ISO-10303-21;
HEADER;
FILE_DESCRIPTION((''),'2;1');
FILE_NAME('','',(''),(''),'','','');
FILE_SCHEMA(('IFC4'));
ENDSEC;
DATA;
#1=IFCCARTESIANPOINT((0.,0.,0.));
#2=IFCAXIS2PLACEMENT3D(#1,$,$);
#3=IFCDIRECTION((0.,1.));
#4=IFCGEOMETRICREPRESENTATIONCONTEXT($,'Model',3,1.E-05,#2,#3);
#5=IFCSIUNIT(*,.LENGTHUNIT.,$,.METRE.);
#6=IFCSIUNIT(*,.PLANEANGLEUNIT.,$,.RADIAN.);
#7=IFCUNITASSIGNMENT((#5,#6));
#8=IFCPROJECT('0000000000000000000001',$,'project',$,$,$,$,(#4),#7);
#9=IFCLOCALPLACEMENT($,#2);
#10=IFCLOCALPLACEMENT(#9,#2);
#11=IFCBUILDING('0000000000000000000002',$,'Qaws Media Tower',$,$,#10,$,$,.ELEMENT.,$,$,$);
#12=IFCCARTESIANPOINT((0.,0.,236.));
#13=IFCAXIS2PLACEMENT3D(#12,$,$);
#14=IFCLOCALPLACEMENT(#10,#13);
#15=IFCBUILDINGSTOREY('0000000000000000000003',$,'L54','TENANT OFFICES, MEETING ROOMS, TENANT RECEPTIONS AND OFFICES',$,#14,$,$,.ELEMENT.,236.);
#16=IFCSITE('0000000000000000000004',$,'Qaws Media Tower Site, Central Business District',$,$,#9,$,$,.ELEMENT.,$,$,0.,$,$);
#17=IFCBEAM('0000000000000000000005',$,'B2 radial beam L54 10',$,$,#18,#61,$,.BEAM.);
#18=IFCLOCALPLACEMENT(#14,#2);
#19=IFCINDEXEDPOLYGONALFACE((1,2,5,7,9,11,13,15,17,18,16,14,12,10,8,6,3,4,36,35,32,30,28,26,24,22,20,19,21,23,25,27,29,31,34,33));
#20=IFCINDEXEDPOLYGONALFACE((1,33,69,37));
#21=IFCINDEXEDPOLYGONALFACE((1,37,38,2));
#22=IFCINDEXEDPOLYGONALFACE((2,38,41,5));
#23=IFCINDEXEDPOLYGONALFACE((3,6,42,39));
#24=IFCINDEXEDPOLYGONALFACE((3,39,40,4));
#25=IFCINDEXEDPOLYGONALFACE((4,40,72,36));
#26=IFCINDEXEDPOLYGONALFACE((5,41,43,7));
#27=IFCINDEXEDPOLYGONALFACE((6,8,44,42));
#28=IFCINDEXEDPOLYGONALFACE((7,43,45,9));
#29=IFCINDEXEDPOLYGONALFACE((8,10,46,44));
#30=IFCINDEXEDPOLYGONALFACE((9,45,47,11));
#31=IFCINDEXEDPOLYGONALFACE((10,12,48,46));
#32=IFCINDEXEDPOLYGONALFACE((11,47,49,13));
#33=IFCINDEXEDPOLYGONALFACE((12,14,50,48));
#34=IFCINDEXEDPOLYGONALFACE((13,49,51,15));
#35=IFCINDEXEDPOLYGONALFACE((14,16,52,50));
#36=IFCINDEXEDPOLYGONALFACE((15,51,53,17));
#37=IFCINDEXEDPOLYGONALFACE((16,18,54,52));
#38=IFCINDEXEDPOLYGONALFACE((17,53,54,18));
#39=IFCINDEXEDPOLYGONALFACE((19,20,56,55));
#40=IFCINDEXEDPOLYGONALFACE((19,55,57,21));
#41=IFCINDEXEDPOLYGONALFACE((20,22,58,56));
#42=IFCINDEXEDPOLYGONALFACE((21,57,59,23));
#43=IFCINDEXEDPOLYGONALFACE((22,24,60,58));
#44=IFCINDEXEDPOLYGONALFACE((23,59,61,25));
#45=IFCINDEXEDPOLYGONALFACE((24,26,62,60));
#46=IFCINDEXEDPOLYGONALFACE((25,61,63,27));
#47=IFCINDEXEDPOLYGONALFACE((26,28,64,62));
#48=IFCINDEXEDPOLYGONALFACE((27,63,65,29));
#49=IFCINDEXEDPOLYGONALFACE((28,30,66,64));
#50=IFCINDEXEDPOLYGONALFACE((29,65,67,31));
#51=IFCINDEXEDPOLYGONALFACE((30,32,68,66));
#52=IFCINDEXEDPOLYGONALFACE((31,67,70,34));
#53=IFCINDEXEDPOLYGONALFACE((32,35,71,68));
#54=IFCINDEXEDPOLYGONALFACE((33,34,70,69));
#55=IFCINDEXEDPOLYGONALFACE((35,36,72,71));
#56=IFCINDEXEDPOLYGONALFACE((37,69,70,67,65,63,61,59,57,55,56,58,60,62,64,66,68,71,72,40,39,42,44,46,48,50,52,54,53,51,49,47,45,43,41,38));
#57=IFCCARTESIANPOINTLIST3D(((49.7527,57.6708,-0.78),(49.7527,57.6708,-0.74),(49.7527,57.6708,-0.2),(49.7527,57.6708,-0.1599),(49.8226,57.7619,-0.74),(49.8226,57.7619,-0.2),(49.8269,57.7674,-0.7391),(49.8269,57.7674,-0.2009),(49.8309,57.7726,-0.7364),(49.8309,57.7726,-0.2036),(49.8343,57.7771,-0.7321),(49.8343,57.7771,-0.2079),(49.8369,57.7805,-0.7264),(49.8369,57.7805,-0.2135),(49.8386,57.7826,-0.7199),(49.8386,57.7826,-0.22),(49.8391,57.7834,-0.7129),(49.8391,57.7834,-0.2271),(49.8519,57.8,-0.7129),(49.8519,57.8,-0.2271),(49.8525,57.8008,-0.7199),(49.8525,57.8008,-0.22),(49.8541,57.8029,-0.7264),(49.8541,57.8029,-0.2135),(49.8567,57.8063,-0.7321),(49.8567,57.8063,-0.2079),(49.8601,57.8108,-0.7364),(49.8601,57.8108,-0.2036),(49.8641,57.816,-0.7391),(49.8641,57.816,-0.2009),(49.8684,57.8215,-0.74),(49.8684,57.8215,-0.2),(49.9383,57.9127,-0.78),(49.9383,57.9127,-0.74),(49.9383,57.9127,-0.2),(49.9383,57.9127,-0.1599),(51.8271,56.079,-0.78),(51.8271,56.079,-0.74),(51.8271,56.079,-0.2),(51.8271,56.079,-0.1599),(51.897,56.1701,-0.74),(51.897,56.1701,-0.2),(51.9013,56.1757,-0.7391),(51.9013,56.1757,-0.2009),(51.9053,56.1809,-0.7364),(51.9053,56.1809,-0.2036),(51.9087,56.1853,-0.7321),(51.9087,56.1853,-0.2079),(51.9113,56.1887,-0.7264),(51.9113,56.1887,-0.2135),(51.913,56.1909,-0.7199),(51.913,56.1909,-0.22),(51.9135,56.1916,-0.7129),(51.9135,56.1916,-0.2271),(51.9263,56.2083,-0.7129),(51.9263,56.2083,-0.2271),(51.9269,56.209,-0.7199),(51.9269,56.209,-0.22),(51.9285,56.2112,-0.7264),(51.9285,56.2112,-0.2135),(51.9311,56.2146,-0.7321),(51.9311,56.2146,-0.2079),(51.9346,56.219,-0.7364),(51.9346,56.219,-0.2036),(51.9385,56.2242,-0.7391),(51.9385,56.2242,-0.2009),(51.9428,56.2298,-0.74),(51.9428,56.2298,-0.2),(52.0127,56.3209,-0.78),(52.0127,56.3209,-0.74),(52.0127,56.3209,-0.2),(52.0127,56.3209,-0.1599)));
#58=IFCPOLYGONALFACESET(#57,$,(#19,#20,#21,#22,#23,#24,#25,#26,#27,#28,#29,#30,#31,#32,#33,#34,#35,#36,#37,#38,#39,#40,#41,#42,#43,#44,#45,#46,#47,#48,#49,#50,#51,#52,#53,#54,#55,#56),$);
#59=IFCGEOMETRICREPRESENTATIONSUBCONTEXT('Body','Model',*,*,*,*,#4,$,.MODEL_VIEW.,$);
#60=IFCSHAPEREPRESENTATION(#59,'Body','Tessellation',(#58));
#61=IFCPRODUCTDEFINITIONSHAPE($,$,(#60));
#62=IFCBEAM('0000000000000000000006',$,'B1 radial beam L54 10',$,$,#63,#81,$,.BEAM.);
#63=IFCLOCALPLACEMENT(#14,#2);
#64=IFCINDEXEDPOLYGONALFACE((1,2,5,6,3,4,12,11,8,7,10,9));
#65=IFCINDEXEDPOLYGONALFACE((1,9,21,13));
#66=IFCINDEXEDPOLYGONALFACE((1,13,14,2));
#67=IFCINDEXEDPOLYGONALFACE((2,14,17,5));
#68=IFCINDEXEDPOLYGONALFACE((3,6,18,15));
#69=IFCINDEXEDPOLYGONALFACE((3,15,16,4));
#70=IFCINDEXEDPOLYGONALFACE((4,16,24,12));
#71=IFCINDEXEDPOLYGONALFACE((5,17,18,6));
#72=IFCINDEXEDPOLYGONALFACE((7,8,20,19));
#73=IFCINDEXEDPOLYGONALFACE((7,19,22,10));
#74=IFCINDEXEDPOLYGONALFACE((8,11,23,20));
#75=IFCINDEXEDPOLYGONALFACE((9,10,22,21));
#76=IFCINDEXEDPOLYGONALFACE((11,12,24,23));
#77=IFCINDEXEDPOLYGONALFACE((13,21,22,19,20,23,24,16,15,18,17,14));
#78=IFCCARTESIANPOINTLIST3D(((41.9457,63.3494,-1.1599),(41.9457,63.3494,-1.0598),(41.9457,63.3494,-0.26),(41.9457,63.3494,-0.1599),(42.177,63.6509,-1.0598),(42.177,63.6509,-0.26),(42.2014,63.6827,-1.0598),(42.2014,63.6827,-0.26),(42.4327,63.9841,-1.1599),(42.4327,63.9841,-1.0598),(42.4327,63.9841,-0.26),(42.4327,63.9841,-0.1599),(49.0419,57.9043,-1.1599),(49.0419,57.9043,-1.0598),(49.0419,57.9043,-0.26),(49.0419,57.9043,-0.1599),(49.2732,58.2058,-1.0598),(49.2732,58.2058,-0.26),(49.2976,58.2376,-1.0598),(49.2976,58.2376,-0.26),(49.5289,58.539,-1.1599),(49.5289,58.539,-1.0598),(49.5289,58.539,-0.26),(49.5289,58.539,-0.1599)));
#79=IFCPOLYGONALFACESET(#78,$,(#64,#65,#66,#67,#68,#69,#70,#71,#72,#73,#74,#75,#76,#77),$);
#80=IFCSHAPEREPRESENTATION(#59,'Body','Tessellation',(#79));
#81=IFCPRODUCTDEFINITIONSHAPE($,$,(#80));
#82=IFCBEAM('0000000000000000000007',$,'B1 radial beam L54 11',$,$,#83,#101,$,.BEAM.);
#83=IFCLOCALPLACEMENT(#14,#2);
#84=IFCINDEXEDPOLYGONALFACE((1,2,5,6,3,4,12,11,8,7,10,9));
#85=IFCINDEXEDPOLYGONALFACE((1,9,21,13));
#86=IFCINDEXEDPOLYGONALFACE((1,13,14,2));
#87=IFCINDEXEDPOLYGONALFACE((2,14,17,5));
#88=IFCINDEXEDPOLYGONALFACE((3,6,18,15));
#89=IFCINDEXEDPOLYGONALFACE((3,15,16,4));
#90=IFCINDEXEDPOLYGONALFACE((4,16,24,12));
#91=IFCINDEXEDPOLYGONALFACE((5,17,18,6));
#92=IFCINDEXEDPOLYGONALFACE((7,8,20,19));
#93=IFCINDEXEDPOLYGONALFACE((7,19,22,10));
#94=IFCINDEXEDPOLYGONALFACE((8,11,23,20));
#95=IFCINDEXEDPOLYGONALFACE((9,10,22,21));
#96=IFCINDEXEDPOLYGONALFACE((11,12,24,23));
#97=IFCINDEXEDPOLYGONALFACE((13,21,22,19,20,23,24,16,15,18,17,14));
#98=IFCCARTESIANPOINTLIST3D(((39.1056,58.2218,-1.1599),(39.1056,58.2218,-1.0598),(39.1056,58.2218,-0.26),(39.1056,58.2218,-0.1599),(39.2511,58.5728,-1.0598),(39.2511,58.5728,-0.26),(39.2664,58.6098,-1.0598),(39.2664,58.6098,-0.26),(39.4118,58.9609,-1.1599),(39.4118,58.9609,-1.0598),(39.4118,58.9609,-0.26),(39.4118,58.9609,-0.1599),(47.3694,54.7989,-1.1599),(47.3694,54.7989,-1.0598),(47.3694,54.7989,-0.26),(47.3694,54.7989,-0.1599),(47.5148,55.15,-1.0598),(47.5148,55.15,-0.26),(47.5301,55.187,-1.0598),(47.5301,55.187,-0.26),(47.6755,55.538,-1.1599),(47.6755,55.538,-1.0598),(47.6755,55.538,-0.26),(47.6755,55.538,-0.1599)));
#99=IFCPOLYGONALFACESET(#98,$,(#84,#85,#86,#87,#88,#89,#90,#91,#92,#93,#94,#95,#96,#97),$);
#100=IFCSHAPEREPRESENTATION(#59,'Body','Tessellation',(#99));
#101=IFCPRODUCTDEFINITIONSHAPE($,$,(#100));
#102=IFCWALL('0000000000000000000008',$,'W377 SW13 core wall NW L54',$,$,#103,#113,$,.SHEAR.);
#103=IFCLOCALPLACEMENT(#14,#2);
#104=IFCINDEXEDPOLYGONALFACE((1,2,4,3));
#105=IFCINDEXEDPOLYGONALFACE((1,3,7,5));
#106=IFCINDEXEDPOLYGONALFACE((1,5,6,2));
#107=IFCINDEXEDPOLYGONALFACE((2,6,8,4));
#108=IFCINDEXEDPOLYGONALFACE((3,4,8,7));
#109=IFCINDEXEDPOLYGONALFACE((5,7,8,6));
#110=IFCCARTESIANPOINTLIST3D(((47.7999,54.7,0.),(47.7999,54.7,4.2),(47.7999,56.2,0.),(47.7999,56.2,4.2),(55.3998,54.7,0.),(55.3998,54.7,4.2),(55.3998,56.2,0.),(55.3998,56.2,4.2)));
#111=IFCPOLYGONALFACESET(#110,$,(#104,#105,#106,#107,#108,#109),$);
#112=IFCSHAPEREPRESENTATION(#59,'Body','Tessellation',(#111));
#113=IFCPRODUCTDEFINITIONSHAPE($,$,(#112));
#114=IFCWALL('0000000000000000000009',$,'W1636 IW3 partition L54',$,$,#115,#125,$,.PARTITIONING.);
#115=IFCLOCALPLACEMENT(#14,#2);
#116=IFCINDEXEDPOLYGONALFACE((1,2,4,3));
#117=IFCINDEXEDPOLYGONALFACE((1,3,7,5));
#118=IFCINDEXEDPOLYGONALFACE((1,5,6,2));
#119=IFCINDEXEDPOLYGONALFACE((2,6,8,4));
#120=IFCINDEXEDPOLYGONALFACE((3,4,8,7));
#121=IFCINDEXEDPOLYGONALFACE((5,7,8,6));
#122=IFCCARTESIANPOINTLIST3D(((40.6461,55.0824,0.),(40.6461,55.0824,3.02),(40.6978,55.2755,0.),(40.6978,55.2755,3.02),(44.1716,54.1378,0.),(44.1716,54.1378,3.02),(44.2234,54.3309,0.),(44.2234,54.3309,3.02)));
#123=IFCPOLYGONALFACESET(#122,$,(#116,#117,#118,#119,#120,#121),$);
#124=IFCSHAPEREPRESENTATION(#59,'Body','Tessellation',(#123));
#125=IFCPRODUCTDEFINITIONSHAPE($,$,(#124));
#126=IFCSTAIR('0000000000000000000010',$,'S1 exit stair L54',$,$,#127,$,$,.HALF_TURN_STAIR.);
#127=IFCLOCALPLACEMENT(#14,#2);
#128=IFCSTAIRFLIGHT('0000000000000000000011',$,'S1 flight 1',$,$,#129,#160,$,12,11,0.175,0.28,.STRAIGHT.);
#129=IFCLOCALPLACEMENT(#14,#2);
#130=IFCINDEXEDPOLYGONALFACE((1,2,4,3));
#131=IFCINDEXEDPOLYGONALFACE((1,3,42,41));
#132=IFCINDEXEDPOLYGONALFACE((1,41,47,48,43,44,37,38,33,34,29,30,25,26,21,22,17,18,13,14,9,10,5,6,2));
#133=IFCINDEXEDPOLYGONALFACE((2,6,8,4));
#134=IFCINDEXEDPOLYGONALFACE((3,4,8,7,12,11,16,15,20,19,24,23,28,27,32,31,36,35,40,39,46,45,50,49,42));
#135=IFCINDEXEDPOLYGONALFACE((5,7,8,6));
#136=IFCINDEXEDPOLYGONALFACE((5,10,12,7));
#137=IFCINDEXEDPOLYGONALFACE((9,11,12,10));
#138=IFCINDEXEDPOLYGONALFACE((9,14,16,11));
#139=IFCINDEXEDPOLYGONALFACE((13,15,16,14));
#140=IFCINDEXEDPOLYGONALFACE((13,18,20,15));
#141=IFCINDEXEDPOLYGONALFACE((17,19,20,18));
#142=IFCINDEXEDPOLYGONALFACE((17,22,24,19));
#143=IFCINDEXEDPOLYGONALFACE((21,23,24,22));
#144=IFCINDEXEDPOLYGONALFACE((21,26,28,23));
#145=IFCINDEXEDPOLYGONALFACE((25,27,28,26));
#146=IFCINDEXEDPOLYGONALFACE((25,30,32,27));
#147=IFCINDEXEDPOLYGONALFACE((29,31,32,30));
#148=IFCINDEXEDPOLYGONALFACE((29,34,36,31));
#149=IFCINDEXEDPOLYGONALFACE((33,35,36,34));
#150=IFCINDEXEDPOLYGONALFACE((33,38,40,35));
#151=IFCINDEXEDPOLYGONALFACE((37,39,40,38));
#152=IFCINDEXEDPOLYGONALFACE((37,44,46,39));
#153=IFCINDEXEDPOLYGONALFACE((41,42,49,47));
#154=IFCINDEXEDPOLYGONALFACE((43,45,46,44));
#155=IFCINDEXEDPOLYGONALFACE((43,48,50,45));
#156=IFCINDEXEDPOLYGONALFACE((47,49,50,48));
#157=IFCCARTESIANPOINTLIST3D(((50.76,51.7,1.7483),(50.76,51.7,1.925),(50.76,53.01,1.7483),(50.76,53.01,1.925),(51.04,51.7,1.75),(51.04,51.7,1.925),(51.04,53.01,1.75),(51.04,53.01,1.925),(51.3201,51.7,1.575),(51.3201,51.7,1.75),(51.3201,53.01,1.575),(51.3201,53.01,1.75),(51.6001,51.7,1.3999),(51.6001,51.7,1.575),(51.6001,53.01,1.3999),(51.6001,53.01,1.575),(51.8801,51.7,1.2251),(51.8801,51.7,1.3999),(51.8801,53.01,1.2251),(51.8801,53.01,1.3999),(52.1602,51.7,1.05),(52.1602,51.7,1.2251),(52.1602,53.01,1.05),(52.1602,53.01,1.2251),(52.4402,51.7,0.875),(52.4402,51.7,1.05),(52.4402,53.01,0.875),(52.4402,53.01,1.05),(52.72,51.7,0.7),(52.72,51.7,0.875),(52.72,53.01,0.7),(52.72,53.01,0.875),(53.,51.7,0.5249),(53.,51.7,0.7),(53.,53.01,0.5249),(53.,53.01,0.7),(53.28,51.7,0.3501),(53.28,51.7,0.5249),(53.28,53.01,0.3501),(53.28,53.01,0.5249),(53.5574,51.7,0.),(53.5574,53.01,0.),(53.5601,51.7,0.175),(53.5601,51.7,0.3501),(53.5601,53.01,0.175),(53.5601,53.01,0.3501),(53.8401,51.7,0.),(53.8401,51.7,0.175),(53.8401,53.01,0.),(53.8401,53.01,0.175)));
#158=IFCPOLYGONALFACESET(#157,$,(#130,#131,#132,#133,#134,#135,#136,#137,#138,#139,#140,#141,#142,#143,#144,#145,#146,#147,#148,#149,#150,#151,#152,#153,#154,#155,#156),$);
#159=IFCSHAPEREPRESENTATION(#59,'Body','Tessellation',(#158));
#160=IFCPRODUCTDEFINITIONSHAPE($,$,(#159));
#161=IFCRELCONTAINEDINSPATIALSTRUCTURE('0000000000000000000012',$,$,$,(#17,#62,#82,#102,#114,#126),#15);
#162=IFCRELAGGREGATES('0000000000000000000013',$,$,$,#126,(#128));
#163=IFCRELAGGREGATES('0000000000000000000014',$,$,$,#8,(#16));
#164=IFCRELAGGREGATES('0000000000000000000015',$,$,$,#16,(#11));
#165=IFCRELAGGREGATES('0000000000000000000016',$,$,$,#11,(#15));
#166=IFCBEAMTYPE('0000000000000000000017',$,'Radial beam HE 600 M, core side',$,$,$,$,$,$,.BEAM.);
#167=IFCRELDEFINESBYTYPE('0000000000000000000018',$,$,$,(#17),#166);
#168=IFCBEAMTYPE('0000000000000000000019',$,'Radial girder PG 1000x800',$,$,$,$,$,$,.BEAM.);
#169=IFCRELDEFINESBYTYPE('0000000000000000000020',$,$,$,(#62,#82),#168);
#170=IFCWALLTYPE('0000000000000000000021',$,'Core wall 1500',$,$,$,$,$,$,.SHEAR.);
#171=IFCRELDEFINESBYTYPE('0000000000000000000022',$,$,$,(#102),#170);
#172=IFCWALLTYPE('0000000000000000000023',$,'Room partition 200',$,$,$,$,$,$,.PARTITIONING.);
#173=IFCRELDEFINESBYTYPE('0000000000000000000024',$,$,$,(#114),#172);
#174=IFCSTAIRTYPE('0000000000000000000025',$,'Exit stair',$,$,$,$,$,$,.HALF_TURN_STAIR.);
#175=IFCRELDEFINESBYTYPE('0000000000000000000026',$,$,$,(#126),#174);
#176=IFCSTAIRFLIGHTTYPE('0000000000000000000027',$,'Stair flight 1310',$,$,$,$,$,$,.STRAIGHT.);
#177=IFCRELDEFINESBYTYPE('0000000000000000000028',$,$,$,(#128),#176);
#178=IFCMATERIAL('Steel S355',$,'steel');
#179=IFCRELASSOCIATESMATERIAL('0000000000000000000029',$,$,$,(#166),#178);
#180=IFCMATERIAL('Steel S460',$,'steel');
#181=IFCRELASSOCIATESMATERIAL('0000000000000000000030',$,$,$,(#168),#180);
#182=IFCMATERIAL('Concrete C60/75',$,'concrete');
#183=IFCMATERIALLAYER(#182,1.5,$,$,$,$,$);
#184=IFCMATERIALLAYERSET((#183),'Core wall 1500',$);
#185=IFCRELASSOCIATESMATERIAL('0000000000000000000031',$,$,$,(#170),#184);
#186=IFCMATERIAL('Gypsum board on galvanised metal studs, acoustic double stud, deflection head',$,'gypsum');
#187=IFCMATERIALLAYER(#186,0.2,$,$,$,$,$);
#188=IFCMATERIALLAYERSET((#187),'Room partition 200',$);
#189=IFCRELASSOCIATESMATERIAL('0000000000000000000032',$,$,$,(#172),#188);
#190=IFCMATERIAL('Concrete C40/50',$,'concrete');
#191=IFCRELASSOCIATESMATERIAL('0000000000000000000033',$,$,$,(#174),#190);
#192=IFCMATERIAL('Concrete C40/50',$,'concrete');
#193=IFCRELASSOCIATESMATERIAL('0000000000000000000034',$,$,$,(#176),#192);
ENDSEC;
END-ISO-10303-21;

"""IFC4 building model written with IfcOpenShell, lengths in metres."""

from ifc_helpers import new_model, si_unit, direction, frame, frame_2d, origin, origin_2d, place, context, subcontext, project, spatial, polyline, rectangle, i_section, outline, extrude, material, layer, layer_set, material_profile, profile_set, type_object, element, aggregate, save


model = new_model("IFC4")

# Units and contexts
model_context = context("Model", 3, precision=1e-05, world=origin(), true_north=direction((0.0, 1.0)))
body_context = subcontext(model_context, "Body", "Model", "MODEL_VIEW")
ifc_project = project(units=[si_unit("LENGTHUNIT", "METRE"), si_unit("PLANEANGLEUNIT", "RADIAN")], contexts=[model_context])

# Site, building, storey
site_placement = place(None, origin())
site = spatial("IfcSite", under=ifc_project, at=site_placement, Name="Qaws Media Tower Site, Central Business District", CompositionType="ELEMENT", RefElevation=0.0)
building_placement = place(site_placement, origin())
building = spatial("IfcBuilding", under=site, at=building_placement, Name="Qaws Media Tower", CompositionType="ELEMENT")
storey_placement = place(building_placement, frame((0.0, 0.0, 236.0)))
storey = spatial("IfcBuildingStorey", under=building, at=storey_placement, Name="L54", Description="TENANT OFFICES, MEETING ROOMS, TENANT RECEPTIONS AND OFFICES", CompositionType="ELEMENT", Elevation=236.0)

# Beams
ifc_material_1 = material(Name="Steel S355", Category="steel")
ifc_material_profile_1 = material_profile(ifc_material_1, i_section(OverallWidth=0.3049, OverallDepth=0.6201, WebThickness=0.021, FlangeThickness=0.04, FilletRadius=0.0271, at=origin_2d()), Name="HE 600 M")
ifc_profile_set_1 = profile_set([ifc_material_profile_1], Name="Steel S355")
beam_type_1 = type_object("IfcBeamType", Name="Radial beam HE 600 M, core side", PredefinedType="BEAM", material=ifc_profile_set_1)
beam_1_placement = place(storey_placement, frame((51.9199, 56.2, -0.47), z_axis=(-0.793352, 0.608763, 0.0), x_axis=(-0.608763, -0.793352, 0.0)))
element("IfcBeam", 1, at=beam_1_placement, inside=storey, type_object=beam_type_1, Name="B2 radial beam L54 10", PredefinedType="BEAM", context=body_context, shape_type="SweptSolid", body=[
    extrude(i_section(OverallWidth=0.3049, OverallDepth=0.6201, WebThickness=0.021, FlangeThickness=0.04, FilletRadius=0.0271, at=origin_2d()), origin(), (0.0, 0.0, 1.0), 2.6147),
])
ifc_material_2 = material(Name="Steel S460", Category="steel")
ifc_material_profile_2 = material_profile(ifc_material_2, i_section(OverallWidth=0.8, OverallDepth=1.0, WebThickness=0.04, FlangeThickness=0.1001, at=origin_2d()), Name="PG 1000x800")
ifc_profile_set_2 = profile_set([ifc_material_profile_2], Name="Steel S460")
beam_type_2 = type_object("IfcBeamType", Name="Radial girder PG 1000x800", PredefinedType="BEAM", material=ifc_profile_set_2)
for number, where, z_axis, x_axis, name in (
    (2, (49.2854, 58.2217, -0.6599), (-0.793355, 0.608759, 0.0), (-0.608759, -0.793355, 0.0), "B1 radial beam L54 10"),
    (3, (47.5225, 55.1685, -0.6599), (-0.923882, 0.382676, 0.0), (-0.382676, -0.923882, 0.0), "B1 radial beam L54 11"),
):
    element("IfcBeam", number, at=place(storey_placement, frame(where, z_axis=z_axis, x_axis=x_axis)), inside=storey, type_object=beam_type_2, Name=name, PredefinedType="BEAM", context=body_context, shape_type="SweptSolid", body=[
        extrude(i_section(OverallWidth=0.8, OverallDepth=1.0, WebThickness=0.04, FlangeThickness=0.1001, at=origin_2d()), origin(), (0.0, 0.0, 1.0), 8.9446),
    ])

# Wall
ifc_material_3 = material(Name="Concrete C60/75", Category="concrete")
ifc_layer_1 = layer(ifc_material_3, 1.5)
ifc_layer_set_1 = layer_set([ifc_layer_1], Name="Core wall 1500")
wall_type_1 = type_object("IfcWallType", Name="Core wall 1500", PredefinedType="SHEAR", material=ifc_layer_set_1)
wall_1_placement = place(storey_placement, frame((47.8, 55.45, 0.0), z_axis=(0.0, 0.0, 1.0), x_axis=(1.0, 0.0, 0.0)))
element("IfcWall", 4, at=wall_1_placement, inside=storey, type_object=wall_type_1, Name="W377 SW13 core wall NW L54", PredefinedType="SHEAR", context=body_context, shape_type="SweptSolid", body=[
    extrude(rectangle(XDim=7.5999, YDim=1.5, at=frame_2d((3.7998, 0.0))), origin(), (0.0, 0.0, 1.0), 4.2),
])

# Shared definitions
ifc_material_4 = material(Name="Gypsum board on galvanised metal studs, acoustic double stud, deflection head", Category="gypsum")
ifc_layer_2 = layer(ifc_material_4, 0.2)
ifc_layer_set_2 = layer_set([ifc_layer_2], Name="Room partition 200")
wall_type_2 = type_object("IfcWallType", Name="Room partition 200", PredefinedType="PARTITIONING", material=ifc_layer_set_2)

# Wall
wall_2_placement = place(storey_placement, frame((44.1975, 54.2344, 0.0), z_axis=(0.0, 0.0, 1.0), x_axis=(-0.965933, 0.258791, 0.0)))
element("IfcWall", 5, at=wall_2_placement, inside=storey, type_object=wall_type_2, Name="W1636 IW3 partition L54", PredefinedType="PARTITIONING", context=body_context, shape_type="SweptSolid", body=[
    extrude(rectangle(XDim=3.6499, YDim=0.2, at=frame_2d((1.825, 0.0))), origin(), (0.0, 0.0, 1.0), 3.02),
])

# Stair, stair flight
ifc_material_5 = material(Name="Concrete C40/50", Category="concrete")
stair_type = type_object("IfcStairType", Name="Exit stair", PredefinedType="HALF_TURN_STAIR", material=ifc_material_5)
stair_placement = place(storey_placement, origin())
stair = element("IfcStair", 6, at=stair_placement, inside=storey, type_object=stair_type, Name="S1 exit stair L54", PredefinedType="HALF_TURN_STAIR")
ifc_material_6 = material(Name="Concrete C40/50", Category="concrete")
stair_flight_type = type_object("IfcStairFlightType", Name="Stair flight 1310", PredefinedType="STRAIGHT", material=ifc_material_6)
stair_flight_1_placement = place(storey_placement, frame((53.8401, 52.355, 0.0), z_axis=(0.0, 0.0, 1.0), x_axis=(-1.0, 0.0, 0.0)))
stair_flight_1 = element("IfcStairFlight", 7, at=stair_flight_1_placement, type_object=stair_flight_type, Name="S1 flight 1", NumberOfRisers=12, NumberOfTreads=11, PredefinedType="STRAIGHT", RiserHeight=0.175, TreadLength=0.28, context=body_context, shape_type="SweptSolid", body=[
    extrude(outline(polyline([(0.0, 0.0), (0.0, 0.175), (0.28, 0.175), (0.28, 0.3501), (0.5601, 0.3501), (0.5601, 0.5249), (0.8401, 0.5249), (0.8401, 0.7), (1.1201, 0.7), (1.1201, 0.875), (1.3999, 0.875), (1.3999, 1.05), (1.6799, 1.05), (1.6799, 1.2251), (1.96, 1.2251), (1.96, 1.3999), (2.24, 1.3999), (2.24, 1.575), (2.52, 1.575), (2.52, 1.75), (2.8, 1.75), (2.8, 1.925), (3.0801, 1.925), (3.0801, 2.1001), (3.0801, 1.7483), (0.2827, 0.0), (0.0, 0.0)])), frame((0.0, 0.655, 0.0), z_axis=(0.0, -1.0, 0.0), x_axis=(1.0, 0.0, 0.0)), (0.0, 0.0, 1.0), 1.3101),
])
aggregate(stair, [stair_flight_1])

save(model, "model.ifc")
